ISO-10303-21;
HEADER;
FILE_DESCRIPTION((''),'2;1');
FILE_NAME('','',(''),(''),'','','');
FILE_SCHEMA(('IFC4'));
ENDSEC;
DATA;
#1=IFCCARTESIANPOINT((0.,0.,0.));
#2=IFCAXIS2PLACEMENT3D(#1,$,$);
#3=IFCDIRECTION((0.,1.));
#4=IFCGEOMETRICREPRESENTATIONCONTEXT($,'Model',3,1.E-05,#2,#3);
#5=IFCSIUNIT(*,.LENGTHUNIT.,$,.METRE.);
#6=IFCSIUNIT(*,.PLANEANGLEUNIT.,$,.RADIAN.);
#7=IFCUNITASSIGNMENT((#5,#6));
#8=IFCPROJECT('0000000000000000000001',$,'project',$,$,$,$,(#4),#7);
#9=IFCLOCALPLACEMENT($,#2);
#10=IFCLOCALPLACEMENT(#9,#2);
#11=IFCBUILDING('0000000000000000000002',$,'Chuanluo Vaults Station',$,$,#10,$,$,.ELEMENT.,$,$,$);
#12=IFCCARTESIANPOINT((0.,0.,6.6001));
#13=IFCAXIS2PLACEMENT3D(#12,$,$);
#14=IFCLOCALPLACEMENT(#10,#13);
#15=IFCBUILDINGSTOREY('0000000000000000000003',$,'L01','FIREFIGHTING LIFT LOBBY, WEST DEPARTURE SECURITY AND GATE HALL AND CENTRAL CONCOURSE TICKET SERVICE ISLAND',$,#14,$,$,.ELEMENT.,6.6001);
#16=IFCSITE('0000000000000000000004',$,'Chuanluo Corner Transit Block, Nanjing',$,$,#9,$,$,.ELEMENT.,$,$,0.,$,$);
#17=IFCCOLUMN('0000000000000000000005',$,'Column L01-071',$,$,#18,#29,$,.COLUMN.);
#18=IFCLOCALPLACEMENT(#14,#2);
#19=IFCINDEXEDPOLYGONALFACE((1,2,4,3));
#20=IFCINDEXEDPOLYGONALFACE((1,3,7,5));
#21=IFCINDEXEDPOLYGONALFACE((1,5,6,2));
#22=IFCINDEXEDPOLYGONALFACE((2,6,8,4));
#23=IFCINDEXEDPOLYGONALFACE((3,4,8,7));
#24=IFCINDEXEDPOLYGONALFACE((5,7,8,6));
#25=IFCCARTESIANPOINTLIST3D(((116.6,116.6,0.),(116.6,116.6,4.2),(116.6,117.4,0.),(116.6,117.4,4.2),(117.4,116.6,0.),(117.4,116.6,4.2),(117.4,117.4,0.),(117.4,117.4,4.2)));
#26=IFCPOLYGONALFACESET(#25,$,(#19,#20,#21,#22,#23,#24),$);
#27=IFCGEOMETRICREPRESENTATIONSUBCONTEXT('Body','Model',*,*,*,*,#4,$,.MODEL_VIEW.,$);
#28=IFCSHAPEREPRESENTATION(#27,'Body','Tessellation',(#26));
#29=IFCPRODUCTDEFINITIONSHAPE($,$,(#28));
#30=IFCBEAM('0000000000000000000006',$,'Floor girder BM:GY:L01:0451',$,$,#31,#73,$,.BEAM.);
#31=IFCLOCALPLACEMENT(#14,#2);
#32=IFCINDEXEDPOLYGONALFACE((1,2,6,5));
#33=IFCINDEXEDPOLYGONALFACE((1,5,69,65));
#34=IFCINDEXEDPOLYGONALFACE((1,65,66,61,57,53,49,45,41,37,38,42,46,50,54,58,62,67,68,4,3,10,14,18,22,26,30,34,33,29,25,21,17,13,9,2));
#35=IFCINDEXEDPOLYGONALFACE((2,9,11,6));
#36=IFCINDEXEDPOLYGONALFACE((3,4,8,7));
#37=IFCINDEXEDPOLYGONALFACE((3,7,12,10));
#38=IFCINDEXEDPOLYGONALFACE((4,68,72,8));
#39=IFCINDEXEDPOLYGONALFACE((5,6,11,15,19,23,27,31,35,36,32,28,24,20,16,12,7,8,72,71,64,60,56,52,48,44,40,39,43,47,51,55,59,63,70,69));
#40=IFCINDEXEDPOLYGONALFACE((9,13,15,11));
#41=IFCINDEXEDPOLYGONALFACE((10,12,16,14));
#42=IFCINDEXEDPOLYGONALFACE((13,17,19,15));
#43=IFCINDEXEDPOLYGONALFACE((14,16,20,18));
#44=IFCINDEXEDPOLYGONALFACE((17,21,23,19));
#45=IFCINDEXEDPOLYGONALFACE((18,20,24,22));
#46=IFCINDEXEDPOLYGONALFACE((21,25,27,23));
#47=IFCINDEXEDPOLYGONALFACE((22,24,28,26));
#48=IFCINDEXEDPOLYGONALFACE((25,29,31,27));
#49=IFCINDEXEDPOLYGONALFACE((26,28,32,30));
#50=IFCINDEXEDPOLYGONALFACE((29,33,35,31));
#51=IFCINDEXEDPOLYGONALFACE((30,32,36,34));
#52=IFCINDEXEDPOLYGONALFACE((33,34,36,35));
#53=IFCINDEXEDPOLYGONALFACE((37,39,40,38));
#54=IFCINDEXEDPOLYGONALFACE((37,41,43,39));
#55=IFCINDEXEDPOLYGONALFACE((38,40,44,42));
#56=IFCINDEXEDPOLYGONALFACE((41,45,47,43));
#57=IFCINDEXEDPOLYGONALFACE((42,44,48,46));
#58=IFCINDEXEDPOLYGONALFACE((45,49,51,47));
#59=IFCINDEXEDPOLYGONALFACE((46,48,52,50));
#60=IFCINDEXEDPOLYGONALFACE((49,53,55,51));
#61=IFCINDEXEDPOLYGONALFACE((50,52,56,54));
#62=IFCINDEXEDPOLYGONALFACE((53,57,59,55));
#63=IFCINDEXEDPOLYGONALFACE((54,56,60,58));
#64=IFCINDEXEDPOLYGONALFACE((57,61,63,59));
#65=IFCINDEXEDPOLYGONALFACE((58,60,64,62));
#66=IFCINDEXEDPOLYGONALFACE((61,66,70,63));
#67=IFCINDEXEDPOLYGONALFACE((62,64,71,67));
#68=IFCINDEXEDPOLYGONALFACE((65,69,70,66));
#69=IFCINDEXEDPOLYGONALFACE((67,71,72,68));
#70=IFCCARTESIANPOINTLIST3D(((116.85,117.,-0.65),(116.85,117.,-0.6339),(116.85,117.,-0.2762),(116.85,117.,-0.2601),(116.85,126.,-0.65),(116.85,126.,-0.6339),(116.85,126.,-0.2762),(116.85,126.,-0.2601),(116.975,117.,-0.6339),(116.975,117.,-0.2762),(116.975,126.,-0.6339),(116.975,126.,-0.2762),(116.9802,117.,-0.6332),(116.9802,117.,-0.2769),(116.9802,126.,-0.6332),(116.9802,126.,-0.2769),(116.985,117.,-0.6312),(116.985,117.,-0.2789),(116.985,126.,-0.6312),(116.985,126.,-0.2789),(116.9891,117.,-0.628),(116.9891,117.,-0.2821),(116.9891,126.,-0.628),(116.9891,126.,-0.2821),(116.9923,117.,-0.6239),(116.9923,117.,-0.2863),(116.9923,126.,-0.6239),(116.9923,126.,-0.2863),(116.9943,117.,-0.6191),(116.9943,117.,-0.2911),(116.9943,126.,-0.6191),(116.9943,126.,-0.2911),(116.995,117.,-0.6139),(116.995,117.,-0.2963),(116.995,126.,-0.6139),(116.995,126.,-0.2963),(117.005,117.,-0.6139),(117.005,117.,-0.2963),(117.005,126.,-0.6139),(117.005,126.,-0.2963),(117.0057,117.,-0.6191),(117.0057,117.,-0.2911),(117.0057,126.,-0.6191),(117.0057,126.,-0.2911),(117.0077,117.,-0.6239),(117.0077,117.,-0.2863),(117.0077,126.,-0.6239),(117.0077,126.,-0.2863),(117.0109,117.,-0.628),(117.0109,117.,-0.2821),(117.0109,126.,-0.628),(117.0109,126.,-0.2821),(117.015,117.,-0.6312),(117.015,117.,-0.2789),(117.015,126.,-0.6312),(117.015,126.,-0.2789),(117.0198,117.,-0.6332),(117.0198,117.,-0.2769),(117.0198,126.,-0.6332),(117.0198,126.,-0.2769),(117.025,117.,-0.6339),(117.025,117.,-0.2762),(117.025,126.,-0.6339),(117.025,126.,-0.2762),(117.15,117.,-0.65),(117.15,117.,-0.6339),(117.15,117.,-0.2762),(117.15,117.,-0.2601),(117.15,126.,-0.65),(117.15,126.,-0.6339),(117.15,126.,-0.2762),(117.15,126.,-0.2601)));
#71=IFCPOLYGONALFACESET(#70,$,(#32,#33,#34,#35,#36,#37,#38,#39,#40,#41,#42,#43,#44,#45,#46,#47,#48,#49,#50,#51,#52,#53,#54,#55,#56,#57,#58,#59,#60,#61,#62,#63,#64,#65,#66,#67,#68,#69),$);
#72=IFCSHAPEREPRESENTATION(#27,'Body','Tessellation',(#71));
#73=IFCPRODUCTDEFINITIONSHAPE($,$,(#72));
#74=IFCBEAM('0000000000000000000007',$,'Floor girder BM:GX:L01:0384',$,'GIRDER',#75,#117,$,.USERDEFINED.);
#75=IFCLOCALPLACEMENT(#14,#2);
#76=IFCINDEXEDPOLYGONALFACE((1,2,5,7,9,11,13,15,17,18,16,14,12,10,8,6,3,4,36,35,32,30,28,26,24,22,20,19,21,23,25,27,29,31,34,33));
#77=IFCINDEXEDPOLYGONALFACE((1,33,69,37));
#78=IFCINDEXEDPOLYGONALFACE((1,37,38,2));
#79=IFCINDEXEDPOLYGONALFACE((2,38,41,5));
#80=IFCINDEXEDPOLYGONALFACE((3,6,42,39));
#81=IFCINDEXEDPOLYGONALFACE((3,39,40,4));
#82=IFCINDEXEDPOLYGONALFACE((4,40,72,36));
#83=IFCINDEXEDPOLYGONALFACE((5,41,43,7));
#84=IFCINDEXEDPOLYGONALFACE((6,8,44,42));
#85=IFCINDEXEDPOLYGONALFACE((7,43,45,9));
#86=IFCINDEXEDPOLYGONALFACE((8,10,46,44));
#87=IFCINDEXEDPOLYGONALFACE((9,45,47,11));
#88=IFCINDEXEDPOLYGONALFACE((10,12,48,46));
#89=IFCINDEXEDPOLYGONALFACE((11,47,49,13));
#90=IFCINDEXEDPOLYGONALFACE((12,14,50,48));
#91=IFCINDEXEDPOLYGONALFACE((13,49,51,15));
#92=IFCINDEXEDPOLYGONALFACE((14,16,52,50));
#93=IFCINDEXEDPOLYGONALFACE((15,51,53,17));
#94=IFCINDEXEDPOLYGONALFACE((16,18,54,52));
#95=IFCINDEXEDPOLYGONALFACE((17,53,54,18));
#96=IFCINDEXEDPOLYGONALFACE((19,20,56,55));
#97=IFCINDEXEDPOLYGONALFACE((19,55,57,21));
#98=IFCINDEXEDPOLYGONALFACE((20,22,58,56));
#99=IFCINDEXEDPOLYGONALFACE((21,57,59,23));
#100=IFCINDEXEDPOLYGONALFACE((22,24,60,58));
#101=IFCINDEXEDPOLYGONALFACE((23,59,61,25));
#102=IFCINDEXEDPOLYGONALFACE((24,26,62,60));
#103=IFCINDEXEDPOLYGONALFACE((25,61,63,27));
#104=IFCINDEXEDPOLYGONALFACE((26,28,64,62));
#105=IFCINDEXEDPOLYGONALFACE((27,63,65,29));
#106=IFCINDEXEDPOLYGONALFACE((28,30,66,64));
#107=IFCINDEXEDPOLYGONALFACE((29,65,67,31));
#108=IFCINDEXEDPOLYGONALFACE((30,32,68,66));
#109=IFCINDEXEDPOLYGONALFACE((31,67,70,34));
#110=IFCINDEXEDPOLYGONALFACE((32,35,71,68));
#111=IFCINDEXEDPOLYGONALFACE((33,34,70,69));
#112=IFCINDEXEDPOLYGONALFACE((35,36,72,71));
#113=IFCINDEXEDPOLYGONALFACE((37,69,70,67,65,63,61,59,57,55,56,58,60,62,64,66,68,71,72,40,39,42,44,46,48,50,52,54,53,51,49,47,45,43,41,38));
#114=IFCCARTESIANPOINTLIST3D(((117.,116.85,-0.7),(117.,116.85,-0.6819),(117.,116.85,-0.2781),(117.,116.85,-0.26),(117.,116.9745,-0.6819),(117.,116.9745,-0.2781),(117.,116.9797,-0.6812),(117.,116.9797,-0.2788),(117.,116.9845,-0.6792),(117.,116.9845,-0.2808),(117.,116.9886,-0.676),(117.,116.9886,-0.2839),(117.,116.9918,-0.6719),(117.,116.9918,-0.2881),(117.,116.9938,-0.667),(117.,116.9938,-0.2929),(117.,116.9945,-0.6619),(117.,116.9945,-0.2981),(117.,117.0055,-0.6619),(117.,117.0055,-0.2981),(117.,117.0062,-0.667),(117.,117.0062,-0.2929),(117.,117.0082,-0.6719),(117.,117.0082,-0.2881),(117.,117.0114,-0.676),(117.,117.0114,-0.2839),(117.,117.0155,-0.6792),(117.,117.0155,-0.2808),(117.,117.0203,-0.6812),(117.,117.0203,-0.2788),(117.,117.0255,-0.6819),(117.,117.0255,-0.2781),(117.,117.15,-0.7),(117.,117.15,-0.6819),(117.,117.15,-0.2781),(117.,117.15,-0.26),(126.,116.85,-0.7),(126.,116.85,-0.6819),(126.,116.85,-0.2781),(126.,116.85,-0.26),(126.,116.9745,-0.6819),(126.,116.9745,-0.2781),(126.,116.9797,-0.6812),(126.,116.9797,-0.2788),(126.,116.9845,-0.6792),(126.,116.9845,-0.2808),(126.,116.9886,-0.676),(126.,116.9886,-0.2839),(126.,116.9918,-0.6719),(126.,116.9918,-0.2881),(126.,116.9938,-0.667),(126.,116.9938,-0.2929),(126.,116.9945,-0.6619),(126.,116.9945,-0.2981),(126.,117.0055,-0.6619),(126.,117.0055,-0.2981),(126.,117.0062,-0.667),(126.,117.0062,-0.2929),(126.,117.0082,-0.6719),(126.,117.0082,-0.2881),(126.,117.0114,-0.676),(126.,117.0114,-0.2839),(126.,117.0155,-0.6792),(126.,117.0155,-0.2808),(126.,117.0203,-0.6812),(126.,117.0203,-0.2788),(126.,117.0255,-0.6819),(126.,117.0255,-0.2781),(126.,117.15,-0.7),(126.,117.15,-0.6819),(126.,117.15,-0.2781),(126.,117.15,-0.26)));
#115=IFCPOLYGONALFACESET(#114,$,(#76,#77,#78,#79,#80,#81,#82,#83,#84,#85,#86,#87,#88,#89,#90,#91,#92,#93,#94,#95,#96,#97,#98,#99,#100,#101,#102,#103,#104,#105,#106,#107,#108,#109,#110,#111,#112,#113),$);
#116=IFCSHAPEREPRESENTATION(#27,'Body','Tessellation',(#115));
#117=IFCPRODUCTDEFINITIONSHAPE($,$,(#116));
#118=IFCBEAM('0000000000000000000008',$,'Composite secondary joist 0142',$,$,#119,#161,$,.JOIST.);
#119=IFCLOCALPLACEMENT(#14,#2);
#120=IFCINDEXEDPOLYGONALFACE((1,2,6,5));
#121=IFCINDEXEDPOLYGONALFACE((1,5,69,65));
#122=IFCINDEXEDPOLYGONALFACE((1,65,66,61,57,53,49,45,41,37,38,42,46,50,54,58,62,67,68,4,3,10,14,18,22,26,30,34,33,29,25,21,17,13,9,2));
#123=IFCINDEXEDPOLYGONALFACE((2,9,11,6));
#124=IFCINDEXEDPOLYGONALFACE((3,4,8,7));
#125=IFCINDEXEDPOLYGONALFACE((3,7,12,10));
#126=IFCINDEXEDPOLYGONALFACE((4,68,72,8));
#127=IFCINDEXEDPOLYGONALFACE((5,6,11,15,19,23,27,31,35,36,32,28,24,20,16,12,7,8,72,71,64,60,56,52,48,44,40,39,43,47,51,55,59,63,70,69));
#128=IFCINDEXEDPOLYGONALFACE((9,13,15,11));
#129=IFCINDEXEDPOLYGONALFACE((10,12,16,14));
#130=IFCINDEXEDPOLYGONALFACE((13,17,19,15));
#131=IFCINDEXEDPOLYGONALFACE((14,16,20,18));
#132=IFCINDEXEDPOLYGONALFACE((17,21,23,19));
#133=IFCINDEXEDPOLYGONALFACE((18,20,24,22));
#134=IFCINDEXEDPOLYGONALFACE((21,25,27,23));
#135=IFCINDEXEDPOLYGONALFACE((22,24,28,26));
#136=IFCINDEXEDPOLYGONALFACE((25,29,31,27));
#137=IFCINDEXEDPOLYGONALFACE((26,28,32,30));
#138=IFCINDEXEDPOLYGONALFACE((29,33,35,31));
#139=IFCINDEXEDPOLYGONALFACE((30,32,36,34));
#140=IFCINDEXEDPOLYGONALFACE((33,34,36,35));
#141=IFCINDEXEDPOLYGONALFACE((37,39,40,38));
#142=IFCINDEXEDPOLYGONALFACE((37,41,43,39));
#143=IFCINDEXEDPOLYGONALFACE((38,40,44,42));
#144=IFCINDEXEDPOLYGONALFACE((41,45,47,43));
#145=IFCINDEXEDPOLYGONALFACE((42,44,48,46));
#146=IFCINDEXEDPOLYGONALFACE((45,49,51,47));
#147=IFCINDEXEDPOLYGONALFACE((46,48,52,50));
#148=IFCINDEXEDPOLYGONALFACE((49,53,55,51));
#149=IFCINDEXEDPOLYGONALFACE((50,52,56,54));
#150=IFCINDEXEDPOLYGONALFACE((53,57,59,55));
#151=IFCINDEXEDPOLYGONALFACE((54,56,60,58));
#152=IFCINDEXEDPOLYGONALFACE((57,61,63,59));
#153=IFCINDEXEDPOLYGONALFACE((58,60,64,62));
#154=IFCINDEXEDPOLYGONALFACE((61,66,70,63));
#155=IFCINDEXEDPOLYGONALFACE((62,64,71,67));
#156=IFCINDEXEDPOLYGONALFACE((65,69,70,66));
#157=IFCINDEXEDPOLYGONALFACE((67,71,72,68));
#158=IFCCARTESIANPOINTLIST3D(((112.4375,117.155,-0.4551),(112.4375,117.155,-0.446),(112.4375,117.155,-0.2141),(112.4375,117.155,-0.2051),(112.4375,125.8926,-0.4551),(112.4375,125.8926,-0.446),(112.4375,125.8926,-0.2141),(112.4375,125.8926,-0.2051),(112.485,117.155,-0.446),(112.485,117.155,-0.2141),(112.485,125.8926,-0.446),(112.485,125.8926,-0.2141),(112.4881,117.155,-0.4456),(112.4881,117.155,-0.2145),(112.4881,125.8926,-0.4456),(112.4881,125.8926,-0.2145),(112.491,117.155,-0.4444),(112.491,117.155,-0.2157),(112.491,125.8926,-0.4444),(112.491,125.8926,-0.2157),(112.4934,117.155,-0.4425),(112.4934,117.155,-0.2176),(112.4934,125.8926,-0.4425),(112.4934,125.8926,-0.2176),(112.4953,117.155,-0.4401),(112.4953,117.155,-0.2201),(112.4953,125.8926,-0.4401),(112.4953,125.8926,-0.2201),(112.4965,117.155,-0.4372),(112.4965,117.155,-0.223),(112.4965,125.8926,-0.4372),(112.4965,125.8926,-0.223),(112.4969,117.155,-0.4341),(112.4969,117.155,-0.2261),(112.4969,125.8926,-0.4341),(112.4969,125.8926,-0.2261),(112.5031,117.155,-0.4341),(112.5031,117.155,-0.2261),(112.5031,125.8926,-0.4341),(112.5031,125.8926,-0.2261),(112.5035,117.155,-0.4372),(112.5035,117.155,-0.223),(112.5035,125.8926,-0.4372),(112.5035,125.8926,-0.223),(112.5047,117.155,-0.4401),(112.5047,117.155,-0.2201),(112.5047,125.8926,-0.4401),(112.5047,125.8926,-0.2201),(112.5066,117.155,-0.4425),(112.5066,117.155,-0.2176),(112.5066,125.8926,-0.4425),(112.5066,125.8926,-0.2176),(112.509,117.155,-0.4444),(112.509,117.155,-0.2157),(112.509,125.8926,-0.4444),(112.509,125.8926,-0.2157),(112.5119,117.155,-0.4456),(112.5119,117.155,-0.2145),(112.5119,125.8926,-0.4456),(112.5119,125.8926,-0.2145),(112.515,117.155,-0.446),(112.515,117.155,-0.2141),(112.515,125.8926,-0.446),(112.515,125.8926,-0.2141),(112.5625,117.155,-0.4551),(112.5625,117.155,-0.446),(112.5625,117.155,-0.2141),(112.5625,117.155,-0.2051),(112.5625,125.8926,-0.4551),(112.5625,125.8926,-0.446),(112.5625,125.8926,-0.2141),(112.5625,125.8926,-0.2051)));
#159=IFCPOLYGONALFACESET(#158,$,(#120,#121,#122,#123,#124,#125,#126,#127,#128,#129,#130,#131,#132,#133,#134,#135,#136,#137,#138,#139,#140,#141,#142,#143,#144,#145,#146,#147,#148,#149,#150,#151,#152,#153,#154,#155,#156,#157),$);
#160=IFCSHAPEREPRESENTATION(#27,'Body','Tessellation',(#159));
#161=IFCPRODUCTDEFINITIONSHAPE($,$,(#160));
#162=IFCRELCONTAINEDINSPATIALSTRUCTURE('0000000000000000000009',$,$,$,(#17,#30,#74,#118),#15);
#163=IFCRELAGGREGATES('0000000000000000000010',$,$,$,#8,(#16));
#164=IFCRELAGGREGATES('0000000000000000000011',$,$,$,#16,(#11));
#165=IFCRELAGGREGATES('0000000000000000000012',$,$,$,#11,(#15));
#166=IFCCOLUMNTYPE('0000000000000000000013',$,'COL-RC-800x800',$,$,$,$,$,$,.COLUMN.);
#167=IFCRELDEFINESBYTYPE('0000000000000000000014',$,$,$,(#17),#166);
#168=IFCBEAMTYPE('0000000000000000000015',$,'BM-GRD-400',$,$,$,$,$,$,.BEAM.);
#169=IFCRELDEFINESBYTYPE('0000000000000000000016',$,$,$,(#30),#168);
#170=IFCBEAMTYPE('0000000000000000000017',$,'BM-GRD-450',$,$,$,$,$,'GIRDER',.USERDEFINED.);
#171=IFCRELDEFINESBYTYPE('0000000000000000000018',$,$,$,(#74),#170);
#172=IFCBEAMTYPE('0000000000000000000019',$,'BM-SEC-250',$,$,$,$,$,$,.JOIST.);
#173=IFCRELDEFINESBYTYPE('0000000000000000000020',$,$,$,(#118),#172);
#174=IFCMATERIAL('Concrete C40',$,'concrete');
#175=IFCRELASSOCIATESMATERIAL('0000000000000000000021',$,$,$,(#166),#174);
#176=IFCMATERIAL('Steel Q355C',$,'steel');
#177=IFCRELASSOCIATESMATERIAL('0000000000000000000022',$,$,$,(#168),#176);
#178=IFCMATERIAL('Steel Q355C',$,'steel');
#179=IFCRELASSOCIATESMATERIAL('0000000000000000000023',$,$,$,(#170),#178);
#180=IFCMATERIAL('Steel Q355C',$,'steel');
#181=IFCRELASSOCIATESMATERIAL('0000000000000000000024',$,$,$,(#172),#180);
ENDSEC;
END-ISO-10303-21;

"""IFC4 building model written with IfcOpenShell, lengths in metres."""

from ifc_helpers import new_model, si_unit, direction, frame, origin, origin_2d, place, context, subcontext, project, spatial, rectangle, i_section, extrude, material, material_profile, profile_set, type_object, element, save


model = new_model("IFC4")

# Units and contexts
model_context = context("Model", 3, precision=1e-05, world=origin(), true_north=direction((0.0, 1.0)))
body_context = subcontext(model_context, "Body", "Model", "MODEL_VIEW")
ifc_project = project(units=[si_unit("LENGTHUNIT", "METRE"), si_unit("PLANEANGLEUNIT", "RADIAN")], contexts=[model_context])

# Site, building, storey
site_placement = place(None, origin())
site = spatial("IfcSite", under=ifc_project, at=site_placement, Name="Chuanluo Corner Transit Block, Nanjing", CompositionType="ELEMENT", RefElevation=0.0)
building_placement = place(site_placement, origin())
building = spatial("IfcBuilding", under=site, at=building_placement, Name="Chuanluo Vaults Station", CompositionType="ELEMENT")
storey_placement = place(building_placement, frame((0.0, 0.0, 6.6001)))
storey = spatial("IfcBuildingStorey", under=building, at=storey_placement, Name="L01", Description="FIREFIGHTING LIFT LOBBY, WEST DEPARTURE SECURITY AND GATE HALL AND CENTRAL CONCOURSE TICKET SERVICE ISLAND", CompositionType="ELEMENT", Elevation=6.6001)

# Column
ifc_material_1 = material(Name="Concrete C40", Category="concrete")
ifc_material_profile_1 = material_profile(ifc_material_1, rectangle(XDim=0.8, YDim=0.8, at=origin_2d()))
ifc_profile_set_1 = profile_set([ifc_material_profile_1], Name="Concrete C40")
column_type = type_object("IfcColumnType", Name="COL-RC-800x800", PredefinedType="COLUMN", material=ifc_profile_set_1)
column_placement = place(storey_placement, frame((117.0, 117.0, 0.0), z_axis=(0.0, 0.0, 1.0), x_axis=(1.0, 0.0, 0.0)))
element("IfcColumn", 1, at=column_placement, inside=storey, type_object=column_type, Name="Column L01-071", PredefinedType="COLUMN", context=body_context, shape_type="SweptSolid", body=[
    extrude(rectangle(XDim=0.8, YDim=0.8, at=origin_2d()), origin(), (0.0, 0.0, 1.0), 4.2),
])

# Beams
ifc_material_2 = material(Name="Steel Q355C", Category="steel")
ifc_material_profile_2 = material_profile(ifc_material_2, i_section(OverallWidth=0.3, OverallDepth=0.3899, WebThickness=0.01, FlangeThickness=0.0161, FilletRadius=0.02, at=origin_2d()))
ifc_profile_set_2 = profile_set([ifc_material_profile_2], Name="Steel Q355C")
beam_type_1 = type_object("IfcBeamType", Name="BM-GRD-400", PredefinedType="BEAM", material=ifc_profile_set_2)
beam_1_placement = place(storey_placement, frame((117.0, 117.0, -0.4551), z_axis=(0.0, 1.0, 0.0), x_axis=(-1.0, 0.0, 0.0)))
element("IfcBeam", 2, at=beam_1_placement, inside=storey, type_object=beam_type_1, Name="Floor girder BM:GY:L01:0451", PredefinedType="BEAM", context=body_context, shape_type="SweptSolid", body=[
    extrude(i_section(OverallWidth=0.3, OverallDepth=0.3899, WebThickness=0.01, FlangeThickness=0.0161, FilletRadius=0.02, at=origin_2d()), origin(), (0.0, 0.0, 1.0), 9.0),
])
ifc_material_3 = material(Name="Steel Q355C", Category="steel")
ifc_material_profile_3 = material_profile(ifc_material_3, i_section(OverallWidth=0.3, OverallDepth=0.4399, WebThickness=0.011, FlangeThickness=0.0181, FilletRadius=0.02, at=origin_2d()))
ifc_profile_set_3 = profile_set([ifc_material_profile_3], Name="Steel Q355C")
beam_type_2 = type_object("IfcBeamType", Name="BM-GRD-450", ElementType="GIRDER", PredefinedType="USERDEFINED", material=ifc_profile_set_3)
beam_2_placement = place(storey_placement, frame((117.0, 117.0, -0.48), z_axis=(1.0, 0.0, 0.0), x_axis=(0.0, 1.0, 0.0)))
element("IfcBeam", 3, at=beam_2_placement, inside=storey, type_object=beam_type_2, Name="Floor girder BM:GX:L01:0384", ObjectType="GIRDER", PredefinedType="USERDEFINED", context=body_context, shape_type="SweptSolid", body=[
    extrude(i_section(OverallWidth=0.3, OverallDepth=0.4399, WebThickness=0.011, FlangeThickness=0.0181, FilletRadius=0.02, at=origin_2d()), origin(), (0.0, 0.0, 1.0), 9.0),
])
ifc_material_4 = material(Name="Steel Q355C", Category="steel")
ifc_material_profile_4 = material_profile(ifc_material_4, i_section(OverallWidth=0.125, OverallDepth=0.25, WebThickness=0.0061, FlangeThickness=0.009, FilletRadius=0.012, at=origin_2d()))
ifc_profile_set_4 = profile_set([ifc_material_profile_4], Name="Steel Q355C")
beam_type_3 = type_object("IfcBeamType", Name="BM-SEC-250", PredefinedType="JOIST", material=ifc_profile_set_4)
for number, where, z_axis, x_axis, name in (
    (4, (112.5, 117.155, -0.3301), (0.0, 1.0, 0.0), (-1.0, 0.0, 0.0), "Composite secondary joist 0142"),
):
    element("IfcBeam", number, at=place(storey_placement, frame(where, z_axis=z_axis, x_axis=x_axis)), inside=storey, type_object=beam_type_3, Name=name, PredefinedType="JOIST", context=body_context, shape_type="SweptSolid", body=[
        extrude(i_section(OverallWidth=0.125, OverallDepth=0.25, WebThickness=0.0061, FlangeThickness=0.009, FilletRadius=0.012, at=origin_2d()), origin(), (0.0, 0.0, 1.0), 8.7375),
    ])

save(model, "model.ifc")
